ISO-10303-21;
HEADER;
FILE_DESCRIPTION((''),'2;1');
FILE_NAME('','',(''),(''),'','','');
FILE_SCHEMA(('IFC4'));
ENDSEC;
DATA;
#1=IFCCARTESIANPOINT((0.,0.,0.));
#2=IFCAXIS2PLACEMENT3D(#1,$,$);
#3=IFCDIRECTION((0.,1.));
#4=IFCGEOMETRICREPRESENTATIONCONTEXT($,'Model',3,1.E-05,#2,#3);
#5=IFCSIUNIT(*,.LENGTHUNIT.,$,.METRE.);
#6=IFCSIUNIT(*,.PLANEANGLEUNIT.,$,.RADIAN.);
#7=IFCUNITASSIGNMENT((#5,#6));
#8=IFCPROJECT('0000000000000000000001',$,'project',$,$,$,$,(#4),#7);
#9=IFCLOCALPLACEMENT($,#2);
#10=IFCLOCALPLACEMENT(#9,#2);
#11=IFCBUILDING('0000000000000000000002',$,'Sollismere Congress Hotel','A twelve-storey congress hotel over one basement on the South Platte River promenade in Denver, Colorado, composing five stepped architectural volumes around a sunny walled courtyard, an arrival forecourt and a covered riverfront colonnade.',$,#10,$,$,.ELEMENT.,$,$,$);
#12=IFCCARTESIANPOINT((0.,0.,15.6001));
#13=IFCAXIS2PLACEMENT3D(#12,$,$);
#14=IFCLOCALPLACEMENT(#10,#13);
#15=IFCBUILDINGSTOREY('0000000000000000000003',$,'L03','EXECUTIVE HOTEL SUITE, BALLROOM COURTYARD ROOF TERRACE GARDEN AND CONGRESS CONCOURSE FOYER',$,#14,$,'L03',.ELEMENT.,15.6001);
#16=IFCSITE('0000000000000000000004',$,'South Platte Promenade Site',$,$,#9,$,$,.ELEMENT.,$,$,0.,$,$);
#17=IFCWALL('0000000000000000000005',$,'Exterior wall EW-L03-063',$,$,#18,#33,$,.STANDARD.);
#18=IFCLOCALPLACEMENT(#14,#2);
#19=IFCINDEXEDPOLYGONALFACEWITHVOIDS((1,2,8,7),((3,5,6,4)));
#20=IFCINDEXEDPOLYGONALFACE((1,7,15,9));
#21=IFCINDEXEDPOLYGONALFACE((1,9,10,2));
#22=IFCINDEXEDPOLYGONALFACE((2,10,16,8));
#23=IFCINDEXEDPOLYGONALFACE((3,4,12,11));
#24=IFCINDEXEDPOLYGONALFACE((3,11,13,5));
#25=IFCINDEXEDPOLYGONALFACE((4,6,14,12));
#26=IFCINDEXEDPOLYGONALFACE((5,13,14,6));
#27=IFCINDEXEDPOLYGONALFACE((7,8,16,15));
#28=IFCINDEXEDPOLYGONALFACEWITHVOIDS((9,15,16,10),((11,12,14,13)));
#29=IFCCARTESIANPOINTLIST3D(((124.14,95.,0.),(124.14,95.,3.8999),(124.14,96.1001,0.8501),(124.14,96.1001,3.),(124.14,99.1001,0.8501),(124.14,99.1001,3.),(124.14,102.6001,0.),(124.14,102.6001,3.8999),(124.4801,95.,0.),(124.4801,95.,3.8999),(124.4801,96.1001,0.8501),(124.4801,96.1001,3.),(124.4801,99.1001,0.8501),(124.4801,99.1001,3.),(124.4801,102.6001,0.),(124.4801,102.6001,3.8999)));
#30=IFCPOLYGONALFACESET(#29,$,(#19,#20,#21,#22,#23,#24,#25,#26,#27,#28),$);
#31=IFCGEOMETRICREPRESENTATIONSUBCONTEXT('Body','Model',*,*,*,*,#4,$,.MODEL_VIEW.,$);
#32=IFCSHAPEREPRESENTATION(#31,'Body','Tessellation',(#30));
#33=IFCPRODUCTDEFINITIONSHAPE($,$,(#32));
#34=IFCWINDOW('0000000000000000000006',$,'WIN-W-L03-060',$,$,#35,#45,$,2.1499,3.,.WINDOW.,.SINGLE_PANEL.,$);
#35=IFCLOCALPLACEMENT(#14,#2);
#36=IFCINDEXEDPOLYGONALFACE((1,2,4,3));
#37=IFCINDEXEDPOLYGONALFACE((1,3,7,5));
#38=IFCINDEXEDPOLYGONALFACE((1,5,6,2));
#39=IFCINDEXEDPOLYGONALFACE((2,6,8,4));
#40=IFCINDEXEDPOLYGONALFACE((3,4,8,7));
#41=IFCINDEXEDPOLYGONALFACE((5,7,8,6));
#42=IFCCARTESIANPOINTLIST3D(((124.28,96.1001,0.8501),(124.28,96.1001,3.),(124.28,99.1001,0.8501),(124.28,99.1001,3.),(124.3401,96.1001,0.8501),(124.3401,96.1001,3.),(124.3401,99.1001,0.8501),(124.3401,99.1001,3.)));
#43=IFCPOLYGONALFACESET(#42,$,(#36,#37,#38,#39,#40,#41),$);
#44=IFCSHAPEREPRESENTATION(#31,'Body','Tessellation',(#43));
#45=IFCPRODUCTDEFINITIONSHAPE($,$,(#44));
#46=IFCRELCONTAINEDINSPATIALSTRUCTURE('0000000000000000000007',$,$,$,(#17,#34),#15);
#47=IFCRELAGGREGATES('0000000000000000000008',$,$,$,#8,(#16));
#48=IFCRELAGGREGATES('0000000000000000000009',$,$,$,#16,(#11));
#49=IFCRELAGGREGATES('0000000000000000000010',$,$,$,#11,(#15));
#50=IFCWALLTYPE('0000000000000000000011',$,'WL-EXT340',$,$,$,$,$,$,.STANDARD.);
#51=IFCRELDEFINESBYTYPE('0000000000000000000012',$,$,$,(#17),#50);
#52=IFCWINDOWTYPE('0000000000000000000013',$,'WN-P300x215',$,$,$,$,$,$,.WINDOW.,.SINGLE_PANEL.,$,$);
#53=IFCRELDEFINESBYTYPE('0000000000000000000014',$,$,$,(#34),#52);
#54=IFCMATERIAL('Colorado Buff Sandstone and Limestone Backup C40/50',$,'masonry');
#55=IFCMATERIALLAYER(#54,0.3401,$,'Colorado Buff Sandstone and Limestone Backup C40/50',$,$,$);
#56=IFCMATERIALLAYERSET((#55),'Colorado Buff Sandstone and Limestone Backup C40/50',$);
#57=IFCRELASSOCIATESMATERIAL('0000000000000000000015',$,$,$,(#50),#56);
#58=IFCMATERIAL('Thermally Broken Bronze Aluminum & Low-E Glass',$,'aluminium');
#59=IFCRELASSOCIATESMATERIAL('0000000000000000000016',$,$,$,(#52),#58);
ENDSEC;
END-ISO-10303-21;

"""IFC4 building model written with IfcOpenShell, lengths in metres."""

from ifc_helpers import new_model, si_unit, direction, frame, frame_2d, origin, place, context, subcontext, project, spatial, rectangle, extrude, material, layer, layer_set, type_object, element, fill, save


model = new_model("IFC4")

# Units and contexts
model_context = context("Model", 3, precision=1e-05, world=origin(), true_north=direction((0.0, 1.0)))
body_context = subcontext(model_context, "Body", "Model", "MODEL_VIEW")
ifc_project = project(units=[si_unit("LENGTHUNIT", "METRE"), si_unit("PLANEANGLEUNIT", "RADIAN")], contexts=[model_context])

# Site, building, storey
site_placement = place(None, origin())
site = spatial("IfcSite", under=ifc_project, at=site_placement, Name="South Platte Promenade Site", CompositionType="ELEMENT", RefElevation=0.0)
building_placement = place(site_placement, origin())
building = spatial("IfcBuilding", under=site, at=building_placement, Name="Sollismere Congress Hotel", Description="A twelve-storey congress hotel over one basement on the South Platte River promenade in Denver, Colorado, composing five stepped architectural volumes around a sunny walled courtyard, an arrival forecourt and a covered riverfront colonnade.", CompositionType="ELEMENT")
storey_placement = place(building_placement, frame((0.0, 0.0, 15.6001)))
storey = spatial("IfcBuildingStorey", under=building, at=storey_placement, Name="L03", Description="EXECUTIVE HOTEL SUITE, BALLROOM COURTYARD ROOF TERRACE GARDEN AND CONGRESS CONCOURSE FOYER", LongName="L03", CompositionType="ELEMENT", Elevation=15.6001)

# Wall, opening, window
ifc_material_1 = material(Name="Thermally Broken Bronze Aluminum & Low-E Glass", Category="aluminium")
ifc_material_2 = material(Name="Colorado Buff Sandstone and Limestone Backup C40/50", Category="masonry")
ifc_layer_1 = layer(ifc_material_2, 0.3401, Name="Colorado Buff Sandstone and Limestone Backup C40/50")
ifc_layer_set_1 = layer_set([ifc_layer_1], Name="Colorado Buff Sandstone and Limestone Backup C40/50")
wall_type_1 = type_object("IfcWallType", Name="WL-EXT340", PredefinedType="STANDARD", material=ifc_layer_set_1)
wall_1_placement = place(storey_placement, frame((124.3101, 95.0, 0.0), z_axis=(0.0, 0.0, 1.0), x_axis=(0.0, 1.0, 0.0)))
wall_1 = element("IfcWall", 1, at=wall_1_placement, inside=storey, type_object=wall_type_1, Name="Exterior wall EW-L03-063", PredefinedType="STANDARD", context=body_context, shape_type="SweptSolid", body=[
    extrude(rectangle(XDim=7.6001, YDim=0.3401, at=frame_2d((3.8, 0.0))), origin(), (0.0, 0.0, 1.0), 3.8999),
])
opening_1_placement = place(wall_1_placement, frame((1.1001, 0.0, 0.8501)))
opening_1 = element("IfcOpeningElement", 2, at=opening_1_placement, cuts=wall_1, PredefinedType="OPENING", context=body_context, shape_type="SweptSolid", body=[
    extrude(rectangle(XDim=3.0, YDim=2.1499, at=frame_2d((1.5, 1.075))), frame((0.0, 0.1799, 0.0), z_axis=(0.0, -1.0, 0.0), x_axis=(1.0, 0.0, 0.0)), (0.0, 0.0, 1.0), 0.3601),
])
window_type_1 = type_object("IfcWindowType", Name="WN-P300x215", PartitioningType="SINGLE_PANEL", PredefinedType="WINDOW", material=ifc_material_1)
window_1_placement = place(opening_1_placement, origin())
window_1 = element("IfcWindow", 3, at=window_1_placement, inside=storey, type_object=window_type_1, Name="WIN-W-L03-060", OverallHeight=2.1499, OverallWidth=3.0, PartitioningType="SINGLE_PANEL", PredefinedType="WINDOW", context=body_context, shape_type="SweptSolid", body=[
    extrude(rectangle(XDim=3.0, YDim=2.1499, at=frame_2d((1.5, 1.075))), frame((0.0, 0.03, 0.0), z_axis=(0.0, -1.0, 0.0), x_axis=(1.0, 0.0, 0.0)), (0.0, 0.0, 1.0), 0.0601),
])
fill(opening_1, window_1)

save(model, "model.ifc")
